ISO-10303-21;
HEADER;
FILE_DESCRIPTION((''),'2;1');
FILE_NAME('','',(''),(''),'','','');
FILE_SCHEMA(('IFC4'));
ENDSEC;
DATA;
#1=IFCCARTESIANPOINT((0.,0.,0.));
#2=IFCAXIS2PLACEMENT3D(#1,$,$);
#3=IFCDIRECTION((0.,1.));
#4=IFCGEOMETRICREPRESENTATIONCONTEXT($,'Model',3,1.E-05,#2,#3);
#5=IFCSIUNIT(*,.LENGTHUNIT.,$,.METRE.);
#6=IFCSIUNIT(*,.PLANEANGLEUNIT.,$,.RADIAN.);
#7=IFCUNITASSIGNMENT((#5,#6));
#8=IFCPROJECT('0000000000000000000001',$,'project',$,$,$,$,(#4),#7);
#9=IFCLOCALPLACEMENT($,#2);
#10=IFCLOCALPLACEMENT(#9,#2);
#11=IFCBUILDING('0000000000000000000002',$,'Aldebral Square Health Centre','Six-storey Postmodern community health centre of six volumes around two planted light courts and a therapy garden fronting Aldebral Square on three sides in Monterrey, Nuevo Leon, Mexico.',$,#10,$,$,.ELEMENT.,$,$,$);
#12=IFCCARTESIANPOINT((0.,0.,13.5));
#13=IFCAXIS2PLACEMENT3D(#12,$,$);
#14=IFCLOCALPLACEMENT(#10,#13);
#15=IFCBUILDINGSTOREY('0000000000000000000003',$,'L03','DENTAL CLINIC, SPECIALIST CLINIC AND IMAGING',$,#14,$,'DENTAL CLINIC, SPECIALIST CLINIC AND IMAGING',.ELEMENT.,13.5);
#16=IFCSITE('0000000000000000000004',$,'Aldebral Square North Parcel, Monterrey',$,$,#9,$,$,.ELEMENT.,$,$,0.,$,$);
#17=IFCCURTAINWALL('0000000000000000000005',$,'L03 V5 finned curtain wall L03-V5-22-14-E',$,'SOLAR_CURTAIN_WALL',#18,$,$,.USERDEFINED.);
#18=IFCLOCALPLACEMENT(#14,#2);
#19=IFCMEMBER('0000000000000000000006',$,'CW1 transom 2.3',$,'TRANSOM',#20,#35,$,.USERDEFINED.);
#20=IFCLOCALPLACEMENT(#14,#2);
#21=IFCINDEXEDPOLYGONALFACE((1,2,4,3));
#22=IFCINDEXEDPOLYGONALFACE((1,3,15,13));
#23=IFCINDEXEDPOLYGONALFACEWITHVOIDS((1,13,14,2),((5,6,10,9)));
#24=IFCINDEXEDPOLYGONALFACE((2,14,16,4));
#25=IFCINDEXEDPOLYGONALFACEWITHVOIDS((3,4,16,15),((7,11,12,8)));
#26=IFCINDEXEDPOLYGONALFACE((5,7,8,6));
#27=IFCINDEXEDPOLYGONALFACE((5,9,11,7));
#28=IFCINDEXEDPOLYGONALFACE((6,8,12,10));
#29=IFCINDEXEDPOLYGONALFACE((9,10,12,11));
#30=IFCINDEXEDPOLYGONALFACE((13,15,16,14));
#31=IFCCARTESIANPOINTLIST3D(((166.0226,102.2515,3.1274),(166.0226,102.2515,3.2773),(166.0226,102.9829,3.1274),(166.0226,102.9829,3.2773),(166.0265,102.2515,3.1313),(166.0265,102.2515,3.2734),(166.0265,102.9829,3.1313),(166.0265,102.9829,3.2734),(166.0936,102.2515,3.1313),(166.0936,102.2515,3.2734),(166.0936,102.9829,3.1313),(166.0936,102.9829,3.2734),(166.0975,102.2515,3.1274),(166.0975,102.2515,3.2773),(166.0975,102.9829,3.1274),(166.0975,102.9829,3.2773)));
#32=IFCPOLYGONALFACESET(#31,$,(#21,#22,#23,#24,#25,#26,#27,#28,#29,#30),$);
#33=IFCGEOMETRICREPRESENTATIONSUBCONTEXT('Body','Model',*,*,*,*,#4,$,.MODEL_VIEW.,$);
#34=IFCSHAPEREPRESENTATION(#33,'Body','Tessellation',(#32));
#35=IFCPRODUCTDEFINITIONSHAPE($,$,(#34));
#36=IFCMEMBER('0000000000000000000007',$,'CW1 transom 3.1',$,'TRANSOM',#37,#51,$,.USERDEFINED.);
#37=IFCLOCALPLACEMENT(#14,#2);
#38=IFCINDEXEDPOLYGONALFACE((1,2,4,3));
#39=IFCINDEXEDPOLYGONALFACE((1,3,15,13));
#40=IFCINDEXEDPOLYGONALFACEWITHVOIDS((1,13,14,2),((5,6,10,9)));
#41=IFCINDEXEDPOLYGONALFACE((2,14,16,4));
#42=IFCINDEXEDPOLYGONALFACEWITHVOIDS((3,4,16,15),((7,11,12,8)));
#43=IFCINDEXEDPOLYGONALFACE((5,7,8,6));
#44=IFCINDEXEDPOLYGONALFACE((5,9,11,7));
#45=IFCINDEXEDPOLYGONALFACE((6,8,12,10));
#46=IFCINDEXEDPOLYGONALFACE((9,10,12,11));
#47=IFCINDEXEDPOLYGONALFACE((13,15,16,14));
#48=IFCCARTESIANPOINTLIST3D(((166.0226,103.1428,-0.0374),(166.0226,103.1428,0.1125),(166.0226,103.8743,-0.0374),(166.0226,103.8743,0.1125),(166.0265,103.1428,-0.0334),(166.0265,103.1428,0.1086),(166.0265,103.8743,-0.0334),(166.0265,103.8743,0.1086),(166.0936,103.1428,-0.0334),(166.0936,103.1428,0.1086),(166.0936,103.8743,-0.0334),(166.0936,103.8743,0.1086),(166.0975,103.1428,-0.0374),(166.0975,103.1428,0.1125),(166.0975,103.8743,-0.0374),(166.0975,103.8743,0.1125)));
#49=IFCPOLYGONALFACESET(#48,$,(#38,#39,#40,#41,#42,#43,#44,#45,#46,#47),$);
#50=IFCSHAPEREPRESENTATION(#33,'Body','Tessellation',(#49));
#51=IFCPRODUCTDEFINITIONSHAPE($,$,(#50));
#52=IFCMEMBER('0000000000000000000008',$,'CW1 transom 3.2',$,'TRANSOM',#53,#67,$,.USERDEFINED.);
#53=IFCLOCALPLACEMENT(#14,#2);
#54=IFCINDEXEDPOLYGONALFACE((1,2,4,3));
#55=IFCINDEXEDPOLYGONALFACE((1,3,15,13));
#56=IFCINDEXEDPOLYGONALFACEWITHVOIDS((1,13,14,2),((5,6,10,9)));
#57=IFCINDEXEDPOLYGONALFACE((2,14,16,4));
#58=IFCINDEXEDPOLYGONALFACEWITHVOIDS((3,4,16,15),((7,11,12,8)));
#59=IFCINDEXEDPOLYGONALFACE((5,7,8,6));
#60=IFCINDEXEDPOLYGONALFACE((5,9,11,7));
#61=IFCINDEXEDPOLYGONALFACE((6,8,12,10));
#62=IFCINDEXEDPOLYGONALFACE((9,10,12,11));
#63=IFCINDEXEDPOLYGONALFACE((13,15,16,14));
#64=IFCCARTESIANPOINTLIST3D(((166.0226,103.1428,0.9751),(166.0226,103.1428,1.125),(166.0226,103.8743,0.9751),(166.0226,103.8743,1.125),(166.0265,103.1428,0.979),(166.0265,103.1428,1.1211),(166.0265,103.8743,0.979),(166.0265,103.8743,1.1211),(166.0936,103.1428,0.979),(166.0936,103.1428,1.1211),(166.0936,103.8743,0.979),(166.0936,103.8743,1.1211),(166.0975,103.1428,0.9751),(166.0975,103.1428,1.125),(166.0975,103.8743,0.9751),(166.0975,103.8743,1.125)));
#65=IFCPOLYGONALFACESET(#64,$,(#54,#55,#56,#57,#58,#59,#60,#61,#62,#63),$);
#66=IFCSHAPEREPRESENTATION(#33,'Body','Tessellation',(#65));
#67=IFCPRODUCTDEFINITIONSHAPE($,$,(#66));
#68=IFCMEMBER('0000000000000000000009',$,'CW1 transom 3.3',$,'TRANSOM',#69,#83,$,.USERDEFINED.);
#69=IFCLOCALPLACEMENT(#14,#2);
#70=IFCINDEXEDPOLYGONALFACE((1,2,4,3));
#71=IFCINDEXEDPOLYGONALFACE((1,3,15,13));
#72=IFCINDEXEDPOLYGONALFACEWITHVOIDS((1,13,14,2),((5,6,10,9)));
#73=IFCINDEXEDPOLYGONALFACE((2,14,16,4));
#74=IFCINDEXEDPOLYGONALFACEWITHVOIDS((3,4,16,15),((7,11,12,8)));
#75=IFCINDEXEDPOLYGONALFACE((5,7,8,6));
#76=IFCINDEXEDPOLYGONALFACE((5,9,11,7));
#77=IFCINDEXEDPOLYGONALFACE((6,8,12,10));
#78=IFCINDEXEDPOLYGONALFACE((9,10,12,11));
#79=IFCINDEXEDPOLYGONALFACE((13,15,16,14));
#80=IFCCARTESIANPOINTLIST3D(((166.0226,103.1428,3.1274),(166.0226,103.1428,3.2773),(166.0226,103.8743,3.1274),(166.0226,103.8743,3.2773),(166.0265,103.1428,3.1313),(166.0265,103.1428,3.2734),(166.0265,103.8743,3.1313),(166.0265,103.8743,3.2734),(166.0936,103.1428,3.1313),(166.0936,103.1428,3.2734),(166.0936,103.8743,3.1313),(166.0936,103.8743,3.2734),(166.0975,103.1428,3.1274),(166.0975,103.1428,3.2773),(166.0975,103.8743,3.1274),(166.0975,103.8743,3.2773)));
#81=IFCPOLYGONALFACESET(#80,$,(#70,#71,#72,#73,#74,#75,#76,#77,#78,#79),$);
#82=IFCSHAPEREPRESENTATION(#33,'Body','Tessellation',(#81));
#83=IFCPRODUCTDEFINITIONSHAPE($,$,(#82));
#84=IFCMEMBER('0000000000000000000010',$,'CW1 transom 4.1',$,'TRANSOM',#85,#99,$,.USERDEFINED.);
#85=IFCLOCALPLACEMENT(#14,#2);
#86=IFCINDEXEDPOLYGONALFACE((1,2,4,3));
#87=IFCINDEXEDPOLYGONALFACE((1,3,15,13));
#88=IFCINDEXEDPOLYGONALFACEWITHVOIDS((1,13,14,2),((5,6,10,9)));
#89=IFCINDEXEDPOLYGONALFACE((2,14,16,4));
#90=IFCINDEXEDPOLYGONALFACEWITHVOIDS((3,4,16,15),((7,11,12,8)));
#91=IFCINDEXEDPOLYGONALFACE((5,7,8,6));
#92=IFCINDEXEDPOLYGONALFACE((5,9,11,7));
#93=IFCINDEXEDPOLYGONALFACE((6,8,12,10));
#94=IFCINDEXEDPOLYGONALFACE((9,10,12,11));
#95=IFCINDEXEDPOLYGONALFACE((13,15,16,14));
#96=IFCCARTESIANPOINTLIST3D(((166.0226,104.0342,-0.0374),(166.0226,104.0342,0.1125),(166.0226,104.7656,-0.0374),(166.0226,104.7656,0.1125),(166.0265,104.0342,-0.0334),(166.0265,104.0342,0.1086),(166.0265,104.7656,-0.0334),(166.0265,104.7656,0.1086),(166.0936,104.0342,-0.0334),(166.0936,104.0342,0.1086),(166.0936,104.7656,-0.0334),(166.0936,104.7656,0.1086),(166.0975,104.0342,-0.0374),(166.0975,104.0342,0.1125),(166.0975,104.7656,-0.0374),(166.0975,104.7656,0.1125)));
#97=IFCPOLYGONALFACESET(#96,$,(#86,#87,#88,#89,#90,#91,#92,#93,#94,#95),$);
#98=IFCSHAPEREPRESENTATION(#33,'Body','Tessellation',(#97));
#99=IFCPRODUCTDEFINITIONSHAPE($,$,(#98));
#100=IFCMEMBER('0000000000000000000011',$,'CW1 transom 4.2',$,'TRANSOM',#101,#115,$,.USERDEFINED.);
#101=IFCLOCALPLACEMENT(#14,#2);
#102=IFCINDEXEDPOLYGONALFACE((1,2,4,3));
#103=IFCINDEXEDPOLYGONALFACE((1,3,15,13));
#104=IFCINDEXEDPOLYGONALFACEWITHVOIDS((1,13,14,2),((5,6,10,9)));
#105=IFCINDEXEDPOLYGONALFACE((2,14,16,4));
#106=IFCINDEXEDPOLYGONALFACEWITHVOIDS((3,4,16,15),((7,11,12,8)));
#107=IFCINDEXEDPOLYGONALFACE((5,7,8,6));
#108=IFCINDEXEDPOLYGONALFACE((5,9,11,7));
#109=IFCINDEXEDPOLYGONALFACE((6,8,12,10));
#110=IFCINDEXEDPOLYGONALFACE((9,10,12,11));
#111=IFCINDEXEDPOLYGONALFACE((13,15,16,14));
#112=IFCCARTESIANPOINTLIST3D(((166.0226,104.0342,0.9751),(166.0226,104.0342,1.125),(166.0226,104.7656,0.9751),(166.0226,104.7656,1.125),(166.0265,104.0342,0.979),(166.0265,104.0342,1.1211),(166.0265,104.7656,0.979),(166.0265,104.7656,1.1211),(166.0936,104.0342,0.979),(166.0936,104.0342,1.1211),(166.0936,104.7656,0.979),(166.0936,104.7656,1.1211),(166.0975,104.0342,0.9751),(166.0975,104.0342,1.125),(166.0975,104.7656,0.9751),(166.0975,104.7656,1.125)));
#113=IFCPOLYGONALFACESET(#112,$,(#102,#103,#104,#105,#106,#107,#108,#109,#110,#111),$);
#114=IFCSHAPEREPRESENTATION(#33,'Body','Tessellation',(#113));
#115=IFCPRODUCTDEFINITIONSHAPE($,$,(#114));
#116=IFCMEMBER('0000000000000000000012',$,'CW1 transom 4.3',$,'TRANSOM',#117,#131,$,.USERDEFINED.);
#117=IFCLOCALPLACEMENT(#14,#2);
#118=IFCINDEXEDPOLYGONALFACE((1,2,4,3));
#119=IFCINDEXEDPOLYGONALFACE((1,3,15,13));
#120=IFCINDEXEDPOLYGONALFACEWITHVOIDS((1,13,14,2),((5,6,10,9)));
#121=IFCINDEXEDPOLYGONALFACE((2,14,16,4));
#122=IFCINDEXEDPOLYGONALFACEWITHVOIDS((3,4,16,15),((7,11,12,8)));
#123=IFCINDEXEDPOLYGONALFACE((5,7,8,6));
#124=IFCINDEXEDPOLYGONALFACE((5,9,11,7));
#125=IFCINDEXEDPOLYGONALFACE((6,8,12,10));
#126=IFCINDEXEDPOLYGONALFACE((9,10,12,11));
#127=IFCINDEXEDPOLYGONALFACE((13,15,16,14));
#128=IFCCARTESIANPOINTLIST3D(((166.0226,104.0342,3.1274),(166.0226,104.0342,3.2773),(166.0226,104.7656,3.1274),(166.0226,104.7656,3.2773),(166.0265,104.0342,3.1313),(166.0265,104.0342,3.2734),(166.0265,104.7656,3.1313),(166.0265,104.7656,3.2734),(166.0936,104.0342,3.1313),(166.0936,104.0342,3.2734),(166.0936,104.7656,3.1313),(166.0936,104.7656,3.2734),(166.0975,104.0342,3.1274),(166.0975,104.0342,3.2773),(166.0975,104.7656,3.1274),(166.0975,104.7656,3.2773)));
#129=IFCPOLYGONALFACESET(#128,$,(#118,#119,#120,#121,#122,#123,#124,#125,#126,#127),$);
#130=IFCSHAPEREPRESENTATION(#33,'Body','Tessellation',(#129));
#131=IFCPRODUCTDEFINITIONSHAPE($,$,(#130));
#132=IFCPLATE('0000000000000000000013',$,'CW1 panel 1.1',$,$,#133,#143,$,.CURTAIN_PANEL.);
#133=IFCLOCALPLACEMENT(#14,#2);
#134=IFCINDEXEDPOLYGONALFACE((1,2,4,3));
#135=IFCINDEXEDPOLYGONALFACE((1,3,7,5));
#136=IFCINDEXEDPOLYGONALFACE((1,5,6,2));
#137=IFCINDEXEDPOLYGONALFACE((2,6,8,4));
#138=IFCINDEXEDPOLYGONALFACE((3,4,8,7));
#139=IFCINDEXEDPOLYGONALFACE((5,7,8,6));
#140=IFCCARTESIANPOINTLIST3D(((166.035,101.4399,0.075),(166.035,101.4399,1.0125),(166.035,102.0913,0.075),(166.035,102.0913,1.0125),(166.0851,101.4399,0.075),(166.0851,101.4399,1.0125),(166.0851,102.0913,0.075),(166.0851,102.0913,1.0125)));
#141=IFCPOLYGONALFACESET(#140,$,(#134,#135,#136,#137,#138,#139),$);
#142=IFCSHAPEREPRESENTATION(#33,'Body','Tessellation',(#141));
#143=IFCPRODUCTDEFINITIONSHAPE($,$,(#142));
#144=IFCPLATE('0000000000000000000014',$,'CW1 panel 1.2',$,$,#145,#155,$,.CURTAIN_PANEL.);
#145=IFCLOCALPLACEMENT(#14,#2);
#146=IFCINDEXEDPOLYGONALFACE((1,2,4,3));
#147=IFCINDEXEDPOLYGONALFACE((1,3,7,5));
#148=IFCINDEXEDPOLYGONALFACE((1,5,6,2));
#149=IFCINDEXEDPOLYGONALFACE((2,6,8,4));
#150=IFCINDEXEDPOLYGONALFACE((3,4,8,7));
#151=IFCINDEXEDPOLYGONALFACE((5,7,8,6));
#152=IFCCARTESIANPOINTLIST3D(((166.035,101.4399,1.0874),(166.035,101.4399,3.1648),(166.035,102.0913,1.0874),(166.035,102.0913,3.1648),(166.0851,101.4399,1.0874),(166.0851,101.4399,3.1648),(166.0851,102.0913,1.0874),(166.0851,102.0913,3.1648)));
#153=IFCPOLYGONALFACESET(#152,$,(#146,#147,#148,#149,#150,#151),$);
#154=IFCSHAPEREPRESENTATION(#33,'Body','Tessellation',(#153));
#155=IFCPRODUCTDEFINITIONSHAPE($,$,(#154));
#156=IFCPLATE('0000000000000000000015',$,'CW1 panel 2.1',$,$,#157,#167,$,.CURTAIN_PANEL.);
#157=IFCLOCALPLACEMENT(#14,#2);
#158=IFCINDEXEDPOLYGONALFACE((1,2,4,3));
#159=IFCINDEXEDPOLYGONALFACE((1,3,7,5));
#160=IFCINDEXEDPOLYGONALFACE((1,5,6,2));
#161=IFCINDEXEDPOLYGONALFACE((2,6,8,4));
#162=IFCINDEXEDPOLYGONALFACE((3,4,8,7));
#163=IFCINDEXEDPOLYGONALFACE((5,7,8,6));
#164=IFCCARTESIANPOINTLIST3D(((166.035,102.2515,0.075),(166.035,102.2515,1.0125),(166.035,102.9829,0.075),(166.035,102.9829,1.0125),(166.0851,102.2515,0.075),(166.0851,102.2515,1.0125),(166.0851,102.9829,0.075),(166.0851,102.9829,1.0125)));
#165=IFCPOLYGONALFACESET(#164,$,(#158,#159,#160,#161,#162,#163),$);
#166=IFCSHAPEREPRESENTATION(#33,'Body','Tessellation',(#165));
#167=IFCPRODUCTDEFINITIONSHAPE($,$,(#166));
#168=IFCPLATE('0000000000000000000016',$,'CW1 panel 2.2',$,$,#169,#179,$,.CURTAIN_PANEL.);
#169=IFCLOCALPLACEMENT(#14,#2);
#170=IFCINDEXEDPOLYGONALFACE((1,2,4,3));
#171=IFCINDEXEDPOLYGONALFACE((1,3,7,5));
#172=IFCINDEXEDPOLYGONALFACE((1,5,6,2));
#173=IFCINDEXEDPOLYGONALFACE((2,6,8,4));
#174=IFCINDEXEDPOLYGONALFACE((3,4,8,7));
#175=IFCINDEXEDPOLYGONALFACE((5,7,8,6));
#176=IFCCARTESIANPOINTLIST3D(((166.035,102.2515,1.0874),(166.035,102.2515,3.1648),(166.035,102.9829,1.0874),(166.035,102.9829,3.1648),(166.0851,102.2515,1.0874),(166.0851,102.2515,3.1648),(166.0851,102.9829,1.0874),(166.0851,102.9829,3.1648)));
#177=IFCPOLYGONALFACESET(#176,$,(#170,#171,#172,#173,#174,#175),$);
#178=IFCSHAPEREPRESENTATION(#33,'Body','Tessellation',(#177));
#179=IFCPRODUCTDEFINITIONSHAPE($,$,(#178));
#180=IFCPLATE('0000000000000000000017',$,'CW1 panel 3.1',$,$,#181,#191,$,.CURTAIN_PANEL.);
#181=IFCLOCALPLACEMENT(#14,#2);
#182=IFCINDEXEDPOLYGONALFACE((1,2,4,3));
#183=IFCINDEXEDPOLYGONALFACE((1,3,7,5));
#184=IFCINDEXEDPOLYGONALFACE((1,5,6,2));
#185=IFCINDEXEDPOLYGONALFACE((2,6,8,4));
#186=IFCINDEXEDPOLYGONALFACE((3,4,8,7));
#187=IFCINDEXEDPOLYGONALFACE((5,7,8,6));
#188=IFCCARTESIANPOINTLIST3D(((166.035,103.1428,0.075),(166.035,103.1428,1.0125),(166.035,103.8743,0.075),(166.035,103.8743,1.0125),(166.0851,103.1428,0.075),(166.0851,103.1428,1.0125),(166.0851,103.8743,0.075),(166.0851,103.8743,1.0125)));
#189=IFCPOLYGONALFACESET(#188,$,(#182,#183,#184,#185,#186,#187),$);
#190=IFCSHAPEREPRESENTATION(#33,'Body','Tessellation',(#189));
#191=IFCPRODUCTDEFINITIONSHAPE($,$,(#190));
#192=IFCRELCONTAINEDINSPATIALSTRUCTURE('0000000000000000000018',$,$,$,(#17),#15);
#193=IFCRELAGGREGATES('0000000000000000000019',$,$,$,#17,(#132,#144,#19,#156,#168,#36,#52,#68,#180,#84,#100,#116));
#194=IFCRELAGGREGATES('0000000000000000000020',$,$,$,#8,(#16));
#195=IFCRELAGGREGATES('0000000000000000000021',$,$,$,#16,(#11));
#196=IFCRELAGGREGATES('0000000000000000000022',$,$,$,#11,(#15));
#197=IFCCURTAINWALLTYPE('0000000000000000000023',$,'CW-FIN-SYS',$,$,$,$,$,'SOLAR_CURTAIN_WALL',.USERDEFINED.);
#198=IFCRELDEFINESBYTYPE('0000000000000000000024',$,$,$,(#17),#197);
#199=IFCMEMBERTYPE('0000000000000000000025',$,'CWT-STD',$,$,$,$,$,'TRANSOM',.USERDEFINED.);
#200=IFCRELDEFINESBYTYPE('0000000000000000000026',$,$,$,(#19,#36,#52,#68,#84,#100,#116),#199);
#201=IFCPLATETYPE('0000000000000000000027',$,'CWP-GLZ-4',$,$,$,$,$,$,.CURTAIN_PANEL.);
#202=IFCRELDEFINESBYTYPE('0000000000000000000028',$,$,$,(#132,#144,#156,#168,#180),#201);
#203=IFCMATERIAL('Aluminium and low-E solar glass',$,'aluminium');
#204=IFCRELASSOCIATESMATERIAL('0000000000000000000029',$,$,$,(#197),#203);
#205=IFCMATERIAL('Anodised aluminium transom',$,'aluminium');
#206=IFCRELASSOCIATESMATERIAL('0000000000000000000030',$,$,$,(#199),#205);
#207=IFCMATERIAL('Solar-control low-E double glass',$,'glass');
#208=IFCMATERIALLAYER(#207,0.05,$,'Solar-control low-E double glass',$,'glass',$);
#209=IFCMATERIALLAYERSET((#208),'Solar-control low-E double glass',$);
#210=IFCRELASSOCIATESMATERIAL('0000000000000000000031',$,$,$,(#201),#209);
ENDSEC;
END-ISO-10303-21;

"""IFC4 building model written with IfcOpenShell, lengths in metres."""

from ifc_helpers import new_model, si_unit, direction, frame, origin, origin_2d, place, context, subcontext, project, spatial, rectangle, hollow_rectangle, extrude, material, layer, layer_set, material_profile, profile_set, type_object, element, aggregate, save


model = new_model("IFC4")

# Units and contexts
model_context = context("Model", 3, precision=1e-05, world=origin(), true_north=direction((0.0, 1.0)))
body_context = subcontext(model_context, "Body", "Model", "MODEL_VIEW")
ifc_project = project(units=[si_unit("LENGTHUNIT", "METRE"), si_unit("PLANEANGLEUNIT", "RADIAN")], contexts=[model_context])

# Site, building, storey
site_placement = place(None, origin())
site = spatial("IfcSite", under=ifc_project, at=site_placement, Name="Aldebral Square North Parcel, Monterrey", CompositionType="ELEMENT", RefElevation=0.0)
building_placement = place(site_placement, origin())
building = spatial("IfcBuilding", under=site, at=building_placement, Name="Aldebral Square Health Centre", Description="Six-storey Postmodern community health centre of six volumes around two planted light courts and a therapy garden fronting Aldebral Square on three sides in Monterrey, Nuevo Leon, Mexico.", CompositionType="ELEMENT")
storey_placement = place(building_placement, frame((0.0, 0.0, 13.5)))
storey = spatial("IfcBuildingStorey", under=building, at=storey_placement, Name="L03", Description="DENTAL CLINIC, SPECIALIST CLINIC AND IMAGING", LongName="DENTAL CLINIC, SPECIALIST CLINIC AND IMAGING", CompositionType="ELEMENT", Elevation=13.5)

# Curtain wall, members, plates
ifc_material_1 = material(Name="Aluminium and low-E solar glass", Category="aluminium")
curtain_wall_type = type_object("IfcCurtainWallType", Name="CW-FIN-SYS", ElementType="SOLAR_CURTAIN_WALL", PredefinedType="USERDEFINED", material=ifc_material_1)
curtain_wall_placement = place(storey_placement, origin())
curtain_wall = element("IfcCurtainWall", 1, at=curtain_wall_placement, inside=storey, type_object=curtain_wall_type, Name="L03 V5 finned curtain wall L03-V5-22-14-E", ObjectType="SOLAR_CURTAIN_WALL", PredefinedType="USERDEFINED")
ifc_material_2 = material(Name="Anodised aluminium transom", Category="aluminium")
ifc_material_profile_1 = material_profile(ifc_material_2, hollow_rectangle(XDim=0.075, YDim=0.1499, WallThickness=0.0039, at=origin_2d()), Name="CWT 75x150x4")
ifc_profile_set_1 = profile_set([ifc_material_profile_1], Name="Anodised aluminium transom")
member_type_1 = type_object("IfcMemberType", Name="CWT-STD", ElementType="TRANSOM", PredefinedType="USERDEFINED", material=ifc_profile_set_1)
member_1_placement = place(storey_placement, frame((166.0601, 102.2515, 3.2024), z_axis=(0.0, 1.0, 0.0), x_axis=(-1.0, 0.0, 0.0)))
member_1 = element("IfcMember", 2, at=member_1_placement, type_object=member_type_1, Name="CW1 transom 2.3", ObjectType="TRANSOM", PredefinedType="USERDEFINED", context=body_context, shape_type="SweptSolid", body=[
    extrude(hollow_rectangle(XDim=0.075, YDim=0.1499, WallThickness=0.0039, at=origin_2d()), origin(), (0.0, 0.0, 1.0), 0.7314),
])
member_2_placement = place(storey_placement, frame((166.0601, 103.1428, 0.0376), z_axis=(0.0, 1.0, 0.0), x_axis=(-1.0, 0.0, 0.0)))
member_2 = element("IfcMember", 3, at=member_2_placement, type_object=member_type_1, Name="CW1 transom 3.1", ObjectType="TRANSOM", PredefinedType="USERDEFINED", context=body_context, shape_type="SweptSolid", body=[
    extrude(hollow_rectangle(XDim=0.075, YDim=0.1499, WallThickness=0.0039, at=origin_2d()), origin(), (0.0, 0.0, 1.0), 0.7314),
])
member_3_placement = place(storey_placement, frame((166.0601, 103.1428, 1.05), z_axis=(0.0, 1.0, 0.0), x_axis=(-1.0, 0.0, 0.0)))
member_3 = element("IfcMember", 4, at=member_3_placement, type_object=member_type_1, Name="CW1 transom 3.2", ObjectType="TRANSOM", PredefinedType="USERDEFINED", context=body_context, shape_type="SweptSolid", body=[
    extrude(hollow_rectangle(XDim=0.075, YDim=0.1499, WallThickness=0.0039, at=origin_2d()), origin(), (0.0, 0.0, 1.0), 0.7314),
])
member_4_placement = place(storey_placement, frame((166.0601, 103.1428, 3.2024), z_axis=(0.0, 1.0, 0.0), x_axis=(-1.0, 0.0, 0.0)))
member_4 = element("IfcMember", 5, at=member_4_placement, type_object=member_type_1, Name="CW1 transom 3.3", ObjectType="TRANSOM", PredefinedType="USERDEFINED", context=body_context, shape_type="SweptSolid", body=[
    extrude(hollow_rectangle(XDim=0.075, YDim=0.1499, WallThickness=0.0039, at=origin_2d()), origin(), (0.0, 0.0, 1.0), 0.7314),
])
member_5_placement = place(storey_placement, frame((166.0601, 104.0342, 0.0376), z_axis=(0.0, 1.0, 0.0), x_axis=(-1.0, 0.0, 0.0)))
member_5 = element("IfcMember", 6, at=member_5_placement, type_object=member_type_1, Name="CW1 transom 4.1", ObjectType="TRANSOM", PredefinedType="USERDEFINED", context=body_context, shape_type="SweptSolid", body=[
    extrude(hollow_rectangle(XDim=0.075, YDim=0.1499, WallThickness=0.0039, at=origin_2d()), origin(), (0.0, 0.0, 1.0), 0.7314),
])
member_6_placement = place(storey_placement, frame((166.0601, 104.0342, 1.05), z_axis=(0.0, 1.0, 0.0), x_axis=(-1.0, 0.0, 0.0)))
member_6 = element("IfcMember", 7, at=member_6_placement, type_object=member_type_1, Name="CW1 transom 4.2", ObjectType="TRANSOM", PredefinedType="USERDEFINED", context=body_context, shape_type="SweptSolid", body=[
    extrude(hollow_rectangle(XDim=0.075, YDim=0.1499, WallThickness=0.0039, at=origin_2d()), origin(), (0.0, 0.0, 1.0), 0.7314),
])
member_7_placement = place(storey_placement, frame((166.0601, 104.0342, 3.2024), z_axis=(0.0, 1.0, 0.0), x_axis=(-1.0, 0.0, 0.0)))
member_7 = element("IfcMember", 8, at=member_7_placement, type_object=member_type_1, Name="CW1 transom 4.3", ObjectType="TRANSOM", PredefinedType="USERDEFINED", context=body_context, shape_type="SweptSolid", body=[
    extrude(hollow_rectangle(XDim=0.075, YDim=0.1499, WallThickness=0.0039, at=origin_2d()), origin(), (0.0, 0.0, 1.0), 0.7314),
])
ifc_material_3 = material(Name="Solar-control low-E double glass", Category="glass")
ifc_layer_1 = layer(ifc_material_3, 0.05, Name="Solar-control low-E double glass", Category="glass")
ifc_layer_set_1 = layer_set([ifc_layer_1], Name="Solar-control low-E double glass")
plate_type = type_object("IfcPlateType", Name="CWP-GLZ-4", PredefinedType="CURTAIN_PANEL", material=ifc_layer_set_1)
plate_1_placement = place(storey_placement, frame((166.0601, 101.7656, 0.075), z_axis=(0.0, 0.0, 1.0), x_axis=(0.0, 1.0, 0.0)))
plate_1 = element("IfcPlate", 9, at=plate_1_placement, type_object=plate_type, Name="CW1 panel 1.1", PredefinedType="CURTAIN_PANEL", context=body_context, shape_type="SweptSolid", body=[
    extrude(rectangle(XDim=0.6514, YDim=0.05, at=origin_2d()), origin(), (0.0, 0.0, 1.0), 0.9375),
])
plate_2_placement = place(storey_placement, frame((166.0601, 101.7656, 1.0874), z_axis=(0.0, 0.0, 1.0), x_axis=(0.0, 1.0, 0.0)))
plate_2 = element("IfcPlate", 10, at=plate_2_placement, type_object=plate_type, Name="CW1 panel 1.2", PredefinedType="CURTAIN_PANEL", context=body_context, shape_type="SweptSolid", body=[
    extrude(rectangle(XDim=0.6514, YDim=0.05, at=origin_2d()), origin(), (0.0, 0.0, 1.0), 2.0774),
])
plate_3_placement = place(storey_placement, frame((166.0601, 102.6172, 0.075), z_axis=(0.0, 0.0, 1.0), x_axis=(0.0, 1.0, 0.0)))
plate_3 = element("IfcPlate", 11, at=plate_3_placement, type_object=plate_type, Name="CW1 panel 2.1", PredefinedType="CURTAIN_PANEL", context=body_context, shape_type="SweptSolid", body=[
    extrude(rectangle(XDim=0.7314, YDim=0.05, at=origin_2d()), origin(), (0.0, 0.0, 1.0), 0.9375),
])
plate_4_placement = place(storey_placement, frame((166.0601, 102.6172, 1.0874), z_axis=(0.0, 0.0, 1.0), x_axis=(0.0, 1.0, 0.0)))
plate_4 = element("IfcPlate", 12, at=plate_4_placement, type_object=plate_type, Name="CW1 panel 2.2", PredefinedType="CURTAIN_PANEL", context=body_context, shape_type="SweptSolid", body=[
    extrude(rectangle(XDim=0.7314, YDim=0.05, at=origin_2d()), origin(), (0.0, 0.0, 1.0), 2.0774),
])
plate_5_placement = place(storey_placement, frame((166.0601, 103.5085, 0.075), z_axis=(0.0, 0.0, 1.0), x_axis=(0.0, 1.0, 0.0)))
plate_5 = element("IfcPlate", 13, at=plate_5_placement, type_object=plate_type, Name="CW1 panel 3.1", PredefinedType="CURTAIN_PANEL", context=body_context, shape_type="SweptSolid", body=[
    extrude(rectangle(XDim=0.7314, YDim=0.05, at=origin_2d()), origin(), (0.0, 0.0, 1.0), 0.9375),
])
aggregate(curtain_wall, [plate_1, plate_2, member_1, plate_3, plate_4, member_2, member_3, member_4, plate_5, member_5, member_6, member_7])

save(model, "model.ifc")
